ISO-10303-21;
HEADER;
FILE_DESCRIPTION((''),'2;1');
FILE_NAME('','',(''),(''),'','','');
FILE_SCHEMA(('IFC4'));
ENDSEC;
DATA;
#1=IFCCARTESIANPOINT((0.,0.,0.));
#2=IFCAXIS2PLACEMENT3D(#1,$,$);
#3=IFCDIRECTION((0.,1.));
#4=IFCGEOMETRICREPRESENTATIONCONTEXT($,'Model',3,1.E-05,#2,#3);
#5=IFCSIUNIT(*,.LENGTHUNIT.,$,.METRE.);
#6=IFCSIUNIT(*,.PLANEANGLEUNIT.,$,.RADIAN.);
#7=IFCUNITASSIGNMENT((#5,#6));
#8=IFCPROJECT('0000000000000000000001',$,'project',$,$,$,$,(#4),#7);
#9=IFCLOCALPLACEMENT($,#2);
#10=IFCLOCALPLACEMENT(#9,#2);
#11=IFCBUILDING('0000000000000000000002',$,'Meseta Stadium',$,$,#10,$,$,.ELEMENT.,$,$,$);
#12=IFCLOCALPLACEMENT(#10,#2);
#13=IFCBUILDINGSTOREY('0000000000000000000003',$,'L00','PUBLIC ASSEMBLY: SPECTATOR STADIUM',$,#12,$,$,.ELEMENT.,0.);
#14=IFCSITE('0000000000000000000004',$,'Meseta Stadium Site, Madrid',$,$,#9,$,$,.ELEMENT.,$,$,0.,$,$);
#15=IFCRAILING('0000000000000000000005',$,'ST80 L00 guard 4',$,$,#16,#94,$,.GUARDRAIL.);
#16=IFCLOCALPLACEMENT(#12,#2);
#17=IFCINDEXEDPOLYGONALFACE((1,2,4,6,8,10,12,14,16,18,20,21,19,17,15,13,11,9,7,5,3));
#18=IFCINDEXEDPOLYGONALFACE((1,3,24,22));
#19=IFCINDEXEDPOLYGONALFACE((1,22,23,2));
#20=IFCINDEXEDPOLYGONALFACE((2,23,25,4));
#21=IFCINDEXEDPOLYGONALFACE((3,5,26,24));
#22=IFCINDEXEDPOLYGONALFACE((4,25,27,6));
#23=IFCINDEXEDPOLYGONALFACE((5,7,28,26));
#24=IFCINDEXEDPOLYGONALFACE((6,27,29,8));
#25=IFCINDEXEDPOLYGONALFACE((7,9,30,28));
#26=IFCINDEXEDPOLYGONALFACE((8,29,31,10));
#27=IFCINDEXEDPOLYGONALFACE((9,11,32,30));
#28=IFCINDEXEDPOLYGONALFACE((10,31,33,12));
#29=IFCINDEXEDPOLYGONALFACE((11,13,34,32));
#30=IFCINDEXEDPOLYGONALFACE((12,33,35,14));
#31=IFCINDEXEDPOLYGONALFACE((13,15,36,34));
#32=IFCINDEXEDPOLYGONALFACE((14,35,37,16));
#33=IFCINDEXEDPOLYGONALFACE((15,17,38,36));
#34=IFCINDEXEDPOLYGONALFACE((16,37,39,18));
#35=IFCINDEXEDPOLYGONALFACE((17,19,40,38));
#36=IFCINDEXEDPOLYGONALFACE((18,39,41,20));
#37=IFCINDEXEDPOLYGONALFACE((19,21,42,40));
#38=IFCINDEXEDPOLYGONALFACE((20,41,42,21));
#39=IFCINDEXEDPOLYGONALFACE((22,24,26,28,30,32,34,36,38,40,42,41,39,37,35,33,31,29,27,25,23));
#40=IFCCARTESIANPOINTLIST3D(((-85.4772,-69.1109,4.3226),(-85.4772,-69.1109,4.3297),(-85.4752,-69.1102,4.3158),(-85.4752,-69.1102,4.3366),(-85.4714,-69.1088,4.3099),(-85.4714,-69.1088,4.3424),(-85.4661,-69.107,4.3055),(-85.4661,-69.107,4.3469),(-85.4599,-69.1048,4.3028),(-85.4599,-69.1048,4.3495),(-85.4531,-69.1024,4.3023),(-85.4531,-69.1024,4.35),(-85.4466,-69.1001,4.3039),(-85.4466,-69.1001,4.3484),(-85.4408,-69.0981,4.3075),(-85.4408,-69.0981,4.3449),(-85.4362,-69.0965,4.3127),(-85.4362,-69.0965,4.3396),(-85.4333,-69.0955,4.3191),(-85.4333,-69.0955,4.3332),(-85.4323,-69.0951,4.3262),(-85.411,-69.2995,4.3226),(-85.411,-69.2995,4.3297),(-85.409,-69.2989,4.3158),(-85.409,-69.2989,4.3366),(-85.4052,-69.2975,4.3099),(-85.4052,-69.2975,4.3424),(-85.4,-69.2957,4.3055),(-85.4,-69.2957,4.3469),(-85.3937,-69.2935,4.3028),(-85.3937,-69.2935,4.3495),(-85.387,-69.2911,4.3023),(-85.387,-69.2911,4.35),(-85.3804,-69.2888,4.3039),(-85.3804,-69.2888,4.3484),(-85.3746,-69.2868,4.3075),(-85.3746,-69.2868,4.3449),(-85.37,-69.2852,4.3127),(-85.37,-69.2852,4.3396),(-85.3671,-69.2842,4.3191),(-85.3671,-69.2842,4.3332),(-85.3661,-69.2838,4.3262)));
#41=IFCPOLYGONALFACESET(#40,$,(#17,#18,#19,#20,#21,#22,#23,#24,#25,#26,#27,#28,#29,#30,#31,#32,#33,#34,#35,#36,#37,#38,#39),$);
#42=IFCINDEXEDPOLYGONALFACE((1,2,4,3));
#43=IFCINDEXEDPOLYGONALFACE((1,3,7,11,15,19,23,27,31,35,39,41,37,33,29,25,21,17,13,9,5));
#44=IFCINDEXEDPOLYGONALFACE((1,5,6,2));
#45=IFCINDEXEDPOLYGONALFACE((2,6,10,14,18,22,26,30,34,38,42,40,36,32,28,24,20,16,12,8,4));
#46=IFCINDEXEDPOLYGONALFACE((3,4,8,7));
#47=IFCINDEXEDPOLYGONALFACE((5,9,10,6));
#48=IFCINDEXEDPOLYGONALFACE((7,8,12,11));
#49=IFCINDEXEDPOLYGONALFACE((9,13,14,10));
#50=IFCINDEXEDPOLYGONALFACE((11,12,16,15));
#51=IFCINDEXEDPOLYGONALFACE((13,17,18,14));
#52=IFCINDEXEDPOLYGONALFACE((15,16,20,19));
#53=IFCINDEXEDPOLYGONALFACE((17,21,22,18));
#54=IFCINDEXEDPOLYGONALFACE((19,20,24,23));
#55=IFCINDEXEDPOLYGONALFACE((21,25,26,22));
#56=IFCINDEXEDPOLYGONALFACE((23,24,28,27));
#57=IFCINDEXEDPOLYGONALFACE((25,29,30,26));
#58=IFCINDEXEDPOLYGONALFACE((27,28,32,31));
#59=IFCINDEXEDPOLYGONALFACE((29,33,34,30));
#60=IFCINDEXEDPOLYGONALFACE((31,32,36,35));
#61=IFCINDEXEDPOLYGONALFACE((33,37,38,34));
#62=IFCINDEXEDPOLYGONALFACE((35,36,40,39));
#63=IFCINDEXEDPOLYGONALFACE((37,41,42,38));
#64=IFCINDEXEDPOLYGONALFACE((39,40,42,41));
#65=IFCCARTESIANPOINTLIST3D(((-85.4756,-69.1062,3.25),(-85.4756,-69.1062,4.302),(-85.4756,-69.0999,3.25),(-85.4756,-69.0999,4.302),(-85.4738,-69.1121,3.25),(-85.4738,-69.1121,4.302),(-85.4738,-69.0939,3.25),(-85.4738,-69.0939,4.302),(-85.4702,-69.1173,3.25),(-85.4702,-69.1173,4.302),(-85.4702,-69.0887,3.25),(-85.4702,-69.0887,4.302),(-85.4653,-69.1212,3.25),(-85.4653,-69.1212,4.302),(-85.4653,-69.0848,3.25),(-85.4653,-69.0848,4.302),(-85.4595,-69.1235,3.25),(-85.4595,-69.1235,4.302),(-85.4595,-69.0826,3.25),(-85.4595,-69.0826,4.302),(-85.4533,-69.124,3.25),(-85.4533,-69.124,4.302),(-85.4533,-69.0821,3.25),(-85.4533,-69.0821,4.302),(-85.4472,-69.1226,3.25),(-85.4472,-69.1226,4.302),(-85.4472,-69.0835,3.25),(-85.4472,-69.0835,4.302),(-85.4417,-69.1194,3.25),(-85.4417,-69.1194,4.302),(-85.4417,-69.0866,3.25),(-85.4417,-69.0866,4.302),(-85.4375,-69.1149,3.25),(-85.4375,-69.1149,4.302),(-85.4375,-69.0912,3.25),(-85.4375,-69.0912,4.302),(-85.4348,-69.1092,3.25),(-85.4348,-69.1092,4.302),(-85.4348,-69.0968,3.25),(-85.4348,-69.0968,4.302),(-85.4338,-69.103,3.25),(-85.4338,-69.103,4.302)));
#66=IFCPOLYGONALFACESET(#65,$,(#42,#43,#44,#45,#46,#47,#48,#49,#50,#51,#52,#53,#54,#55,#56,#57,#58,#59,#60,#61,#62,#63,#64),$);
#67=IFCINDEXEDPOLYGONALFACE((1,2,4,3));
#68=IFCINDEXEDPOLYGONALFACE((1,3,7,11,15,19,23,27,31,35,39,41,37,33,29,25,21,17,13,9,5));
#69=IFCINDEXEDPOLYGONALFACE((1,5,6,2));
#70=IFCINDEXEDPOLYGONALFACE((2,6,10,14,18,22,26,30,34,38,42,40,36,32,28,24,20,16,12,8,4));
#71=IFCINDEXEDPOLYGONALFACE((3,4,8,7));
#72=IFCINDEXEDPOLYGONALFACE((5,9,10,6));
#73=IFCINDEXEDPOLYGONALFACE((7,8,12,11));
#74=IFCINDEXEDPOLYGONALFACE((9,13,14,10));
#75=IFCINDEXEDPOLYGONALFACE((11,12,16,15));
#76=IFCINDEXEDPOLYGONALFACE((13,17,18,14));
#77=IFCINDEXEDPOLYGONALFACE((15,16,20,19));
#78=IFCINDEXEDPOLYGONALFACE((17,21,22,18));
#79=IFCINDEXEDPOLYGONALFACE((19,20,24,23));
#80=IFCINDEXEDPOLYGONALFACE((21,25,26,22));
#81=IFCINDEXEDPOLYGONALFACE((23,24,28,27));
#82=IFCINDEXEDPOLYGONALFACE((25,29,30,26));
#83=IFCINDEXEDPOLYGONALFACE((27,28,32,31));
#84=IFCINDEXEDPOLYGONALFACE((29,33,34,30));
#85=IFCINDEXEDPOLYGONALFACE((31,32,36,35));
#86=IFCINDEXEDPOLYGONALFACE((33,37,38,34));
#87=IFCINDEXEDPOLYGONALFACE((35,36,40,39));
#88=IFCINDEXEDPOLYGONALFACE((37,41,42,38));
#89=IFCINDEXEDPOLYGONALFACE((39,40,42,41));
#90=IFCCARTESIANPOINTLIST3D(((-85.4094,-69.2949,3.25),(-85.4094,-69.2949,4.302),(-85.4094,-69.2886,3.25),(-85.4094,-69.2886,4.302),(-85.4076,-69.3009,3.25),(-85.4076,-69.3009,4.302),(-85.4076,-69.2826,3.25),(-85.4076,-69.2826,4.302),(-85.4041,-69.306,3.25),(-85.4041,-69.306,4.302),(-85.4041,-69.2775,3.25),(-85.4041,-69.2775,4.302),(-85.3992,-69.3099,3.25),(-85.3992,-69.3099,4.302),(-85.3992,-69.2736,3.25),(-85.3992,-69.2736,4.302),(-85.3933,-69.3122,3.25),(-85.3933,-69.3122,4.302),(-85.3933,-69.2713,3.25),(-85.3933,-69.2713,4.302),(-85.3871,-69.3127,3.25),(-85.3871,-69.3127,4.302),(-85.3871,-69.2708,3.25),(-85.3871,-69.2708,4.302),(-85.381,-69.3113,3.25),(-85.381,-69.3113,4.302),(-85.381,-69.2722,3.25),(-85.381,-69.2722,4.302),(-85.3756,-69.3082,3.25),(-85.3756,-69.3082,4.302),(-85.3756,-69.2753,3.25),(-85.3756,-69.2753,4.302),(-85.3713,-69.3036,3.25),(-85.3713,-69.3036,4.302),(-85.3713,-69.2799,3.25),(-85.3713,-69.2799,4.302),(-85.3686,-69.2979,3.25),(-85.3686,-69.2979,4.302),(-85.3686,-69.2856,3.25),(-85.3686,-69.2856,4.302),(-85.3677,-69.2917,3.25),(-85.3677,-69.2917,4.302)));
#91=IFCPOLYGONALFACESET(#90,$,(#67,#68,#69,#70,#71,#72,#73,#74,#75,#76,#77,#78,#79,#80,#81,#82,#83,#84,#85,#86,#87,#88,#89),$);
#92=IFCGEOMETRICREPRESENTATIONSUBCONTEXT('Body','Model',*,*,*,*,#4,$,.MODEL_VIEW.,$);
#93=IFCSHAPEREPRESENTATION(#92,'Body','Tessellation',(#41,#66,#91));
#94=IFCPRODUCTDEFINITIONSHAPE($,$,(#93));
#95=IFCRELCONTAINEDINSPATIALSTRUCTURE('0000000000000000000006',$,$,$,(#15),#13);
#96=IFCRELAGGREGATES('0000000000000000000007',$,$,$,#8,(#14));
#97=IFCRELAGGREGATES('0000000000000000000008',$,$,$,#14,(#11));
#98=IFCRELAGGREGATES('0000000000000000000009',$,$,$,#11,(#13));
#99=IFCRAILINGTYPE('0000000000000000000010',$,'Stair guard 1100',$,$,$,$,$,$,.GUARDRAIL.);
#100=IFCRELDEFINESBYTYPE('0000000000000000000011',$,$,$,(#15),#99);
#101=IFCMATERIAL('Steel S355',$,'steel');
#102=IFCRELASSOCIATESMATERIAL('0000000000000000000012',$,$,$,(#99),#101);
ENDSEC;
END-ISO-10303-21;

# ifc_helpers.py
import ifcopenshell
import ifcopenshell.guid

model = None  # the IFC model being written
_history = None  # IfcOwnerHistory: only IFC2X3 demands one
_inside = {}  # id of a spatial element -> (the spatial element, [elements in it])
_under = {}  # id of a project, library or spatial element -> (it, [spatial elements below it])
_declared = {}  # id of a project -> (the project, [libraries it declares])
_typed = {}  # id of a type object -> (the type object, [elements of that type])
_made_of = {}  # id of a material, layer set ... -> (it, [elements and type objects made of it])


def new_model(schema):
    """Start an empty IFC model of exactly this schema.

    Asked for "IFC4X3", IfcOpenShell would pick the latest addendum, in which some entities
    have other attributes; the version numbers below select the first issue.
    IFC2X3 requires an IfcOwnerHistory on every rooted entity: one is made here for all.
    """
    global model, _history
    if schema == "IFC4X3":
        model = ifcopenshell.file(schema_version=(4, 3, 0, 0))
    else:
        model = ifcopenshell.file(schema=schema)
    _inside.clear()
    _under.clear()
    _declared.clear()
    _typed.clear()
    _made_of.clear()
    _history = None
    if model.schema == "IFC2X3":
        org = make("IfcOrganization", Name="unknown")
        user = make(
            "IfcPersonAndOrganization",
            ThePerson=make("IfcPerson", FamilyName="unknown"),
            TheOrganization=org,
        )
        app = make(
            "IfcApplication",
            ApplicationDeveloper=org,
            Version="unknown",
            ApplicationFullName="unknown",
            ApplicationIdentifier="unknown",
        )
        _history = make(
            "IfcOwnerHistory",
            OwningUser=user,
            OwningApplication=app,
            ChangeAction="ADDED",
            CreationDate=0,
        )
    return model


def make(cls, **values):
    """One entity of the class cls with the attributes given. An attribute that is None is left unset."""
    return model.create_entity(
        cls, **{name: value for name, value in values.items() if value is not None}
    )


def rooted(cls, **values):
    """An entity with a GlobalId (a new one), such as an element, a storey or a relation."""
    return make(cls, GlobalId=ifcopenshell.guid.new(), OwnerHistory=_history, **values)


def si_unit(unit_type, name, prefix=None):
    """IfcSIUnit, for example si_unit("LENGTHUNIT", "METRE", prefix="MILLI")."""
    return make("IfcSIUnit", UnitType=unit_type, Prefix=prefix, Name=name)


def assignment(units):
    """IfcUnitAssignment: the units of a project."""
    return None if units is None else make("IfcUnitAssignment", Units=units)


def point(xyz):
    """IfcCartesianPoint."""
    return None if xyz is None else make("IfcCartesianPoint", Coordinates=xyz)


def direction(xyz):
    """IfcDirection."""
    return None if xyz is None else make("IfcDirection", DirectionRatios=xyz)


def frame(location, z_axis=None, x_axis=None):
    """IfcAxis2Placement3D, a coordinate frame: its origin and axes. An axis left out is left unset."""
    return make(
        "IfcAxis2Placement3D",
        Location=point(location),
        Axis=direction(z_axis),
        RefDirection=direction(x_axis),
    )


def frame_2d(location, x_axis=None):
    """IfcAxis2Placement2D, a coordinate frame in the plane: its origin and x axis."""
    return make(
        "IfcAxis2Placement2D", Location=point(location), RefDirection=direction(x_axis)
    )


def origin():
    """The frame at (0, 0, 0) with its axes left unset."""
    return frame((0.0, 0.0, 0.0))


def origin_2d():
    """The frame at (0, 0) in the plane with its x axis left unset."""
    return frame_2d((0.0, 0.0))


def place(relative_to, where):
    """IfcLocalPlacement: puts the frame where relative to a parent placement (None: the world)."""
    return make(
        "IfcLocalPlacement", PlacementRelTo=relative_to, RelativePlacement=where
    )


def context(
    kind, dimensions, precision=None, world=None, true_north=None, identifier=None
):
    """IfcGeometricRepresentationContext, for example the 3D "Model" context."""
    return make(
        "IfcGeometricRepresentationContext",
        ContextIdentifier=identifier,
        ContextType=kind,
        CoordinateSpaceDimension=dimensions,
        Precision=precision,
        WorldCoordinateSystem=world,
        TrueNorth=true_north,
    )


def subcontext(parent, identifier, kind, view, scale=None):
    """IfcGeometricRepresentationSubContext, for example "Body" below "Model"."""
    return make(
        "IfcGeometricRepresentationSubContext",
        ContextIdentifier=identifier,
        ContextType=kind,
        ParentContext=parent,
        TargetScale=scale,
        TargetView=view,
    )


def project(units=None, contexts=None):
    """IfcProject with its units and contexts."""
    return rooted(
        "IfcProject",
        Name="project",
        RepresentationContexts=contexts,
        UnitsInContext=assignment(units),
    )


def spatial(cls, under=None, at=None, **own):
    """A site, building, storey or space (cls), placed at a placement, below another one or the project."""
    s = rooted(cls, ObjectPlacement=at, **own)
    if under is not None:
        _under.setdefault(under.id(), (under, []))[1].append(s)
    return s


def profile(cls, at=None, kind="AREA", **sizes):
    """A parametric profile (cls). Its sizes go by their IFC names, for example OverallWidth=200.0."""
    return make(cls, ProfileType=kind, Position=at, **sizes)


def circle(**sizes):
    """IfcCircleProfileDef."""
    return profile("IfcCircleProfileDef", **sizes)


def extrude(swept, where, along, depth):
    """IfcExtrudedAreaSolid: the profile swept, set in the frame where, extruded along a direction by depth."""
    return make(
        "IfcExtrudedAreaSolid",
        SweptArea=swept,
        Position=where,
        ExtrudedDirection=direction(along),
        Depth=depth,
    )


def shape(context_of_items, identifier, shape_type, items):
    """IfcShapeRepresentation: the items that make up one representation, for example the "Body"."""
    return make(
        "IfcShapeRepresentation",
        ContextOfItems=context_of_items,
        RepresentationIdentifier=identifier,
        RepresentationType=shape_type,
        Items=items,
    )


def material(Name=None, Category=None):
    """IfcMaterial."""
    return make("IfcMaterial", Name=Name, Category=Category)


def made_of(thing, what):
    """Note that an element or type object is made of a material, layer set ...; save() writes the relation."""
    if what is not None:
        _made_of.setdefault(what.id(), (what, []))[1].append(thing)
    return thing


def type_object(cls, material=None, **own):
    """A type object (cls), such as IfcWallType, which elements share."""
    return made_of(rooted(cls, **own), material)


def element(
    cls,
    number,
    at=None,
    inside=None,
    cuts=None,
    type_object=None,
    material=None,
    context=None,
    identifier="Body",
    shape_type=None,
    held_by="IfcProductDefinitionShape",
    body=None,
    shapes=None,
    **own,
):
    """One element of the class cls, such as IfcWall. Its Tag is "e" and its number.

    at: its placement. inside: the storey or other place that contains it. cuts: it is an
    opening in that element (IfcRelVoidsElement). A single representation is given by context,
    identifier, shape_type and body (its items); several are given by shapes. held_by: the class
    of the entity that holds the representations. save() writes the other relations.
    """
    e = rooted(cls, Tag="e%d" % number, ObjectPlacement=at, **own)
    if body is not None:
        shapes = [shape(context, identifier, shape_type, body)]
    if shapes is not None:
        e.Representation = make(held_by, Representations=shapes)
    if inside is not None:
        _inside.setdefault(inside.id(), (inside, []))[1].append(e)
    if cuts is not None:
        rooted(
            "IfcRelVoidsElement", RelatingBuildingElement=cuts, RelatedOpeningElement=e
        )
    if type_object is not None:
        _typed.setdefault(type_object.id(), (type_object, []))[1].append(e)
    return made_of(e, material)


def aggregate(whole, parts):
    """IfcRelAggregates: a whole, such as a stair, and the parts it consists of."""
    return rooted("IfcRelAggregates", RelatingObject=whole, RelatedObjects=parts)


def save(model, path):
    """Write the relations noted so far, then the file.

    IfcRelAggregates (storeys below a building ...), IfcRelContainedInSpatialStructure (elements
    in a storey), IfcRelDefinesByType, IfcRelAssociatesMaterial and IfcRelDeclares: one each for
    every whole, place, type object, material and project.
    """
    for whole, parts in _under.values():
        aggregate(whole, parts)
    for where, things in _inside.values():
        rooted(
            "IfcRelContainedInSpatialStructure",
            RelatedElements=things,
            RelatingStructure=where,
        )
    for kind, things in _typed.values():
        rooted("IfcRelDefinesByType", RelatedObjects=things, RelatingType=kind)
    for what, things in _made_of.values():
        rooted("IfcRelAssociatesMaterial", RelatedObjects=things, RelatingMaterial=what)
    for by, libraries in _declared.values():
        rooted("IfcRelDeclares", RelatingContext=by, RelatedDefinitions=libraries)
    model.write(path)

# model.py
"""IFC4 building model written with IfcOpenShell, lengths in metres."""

from ifc_helpers import new_model, si_unit, direction, frame, origin, origin_2d, place, context, subcontext, project, spatial, circle, extrude, material, type_object, element, save


model = new_model("IFC4")

# Units and contexts
model_context = context("Model", 3, precision=1e-05, world=origin(), true_north=direction((0.0, 1.0)))
body_context = subcontext(model_context, "Body", "Model", "MODEL_VIEW")
ifc_project = project(units=[si_unit("LENGTHUNIT", "METRE"), si_unit("PLANEANGLEUNIT", "RADIAN")], contexts=[model_context])

# Site, building, storey
site_placement = place(None, origin())
site = spatial("IfcSite", under=ifc_project, at=site_placement, Name="Meseta Stadium Site, Madrid", CompositionType="ELEMENT", RefElevation=0.0)
building_placement = place(site_placement, origin())
building = spatial("IfcBuilding", under=site, at=building_placement, Name="Meseta Stadium", CompositionType="ELEMENT")
storey_placement = place(building_placement, origin())
storey = spatial("IfcBuildingStorey", under=building, at=storey_placement, Name="L00", Description="PUBLIC ASSEMBLY: SPECTATOR STADIUM", CompositionType="ELEMENT", Elevation=0.0)

# Railing
ifc_material_1 = material(Name="Steel S355", Category="steel")
railing_type_1 = type_object("IfcRailingType", Name="Stair guard 1100", PredefinedType="GUARDRAIL", material=ifc_material_1)
railing_1_placement = place(storey_placement, frame((-85.4548, -69.103, 3.25)))
element("IfcRailing", 1, at=railing_1_placement, inside=storey, type_object=railing_type_1, Name="ST80 L00 guard 4", PredefinedType="GUARDRAIL", context=body_context, shape_type="SweptSolid", body=[
    extrude(circle(Radius=0.0239, at=origin_2d()), frame((0.0, 0.0, 1.0762), z_axis=(0.33084, -0.943687, 0.0), x_axis=(0.943687, 0.33084, 0.0)), (0.0, 0.0, 1.0), 0.2),
    extrude(circle(Radius=0.021, at=origin_2d()), origin(), (0.0, 0.0, 1.0), 1.052),
    extrude(circle(Radius=0.021, at=origin_2d()), frame((0.0662, -0.1887, 0.0)), (0.0, 0.0, 1.0), 1.052),
])

save(model, "model.ifc")
